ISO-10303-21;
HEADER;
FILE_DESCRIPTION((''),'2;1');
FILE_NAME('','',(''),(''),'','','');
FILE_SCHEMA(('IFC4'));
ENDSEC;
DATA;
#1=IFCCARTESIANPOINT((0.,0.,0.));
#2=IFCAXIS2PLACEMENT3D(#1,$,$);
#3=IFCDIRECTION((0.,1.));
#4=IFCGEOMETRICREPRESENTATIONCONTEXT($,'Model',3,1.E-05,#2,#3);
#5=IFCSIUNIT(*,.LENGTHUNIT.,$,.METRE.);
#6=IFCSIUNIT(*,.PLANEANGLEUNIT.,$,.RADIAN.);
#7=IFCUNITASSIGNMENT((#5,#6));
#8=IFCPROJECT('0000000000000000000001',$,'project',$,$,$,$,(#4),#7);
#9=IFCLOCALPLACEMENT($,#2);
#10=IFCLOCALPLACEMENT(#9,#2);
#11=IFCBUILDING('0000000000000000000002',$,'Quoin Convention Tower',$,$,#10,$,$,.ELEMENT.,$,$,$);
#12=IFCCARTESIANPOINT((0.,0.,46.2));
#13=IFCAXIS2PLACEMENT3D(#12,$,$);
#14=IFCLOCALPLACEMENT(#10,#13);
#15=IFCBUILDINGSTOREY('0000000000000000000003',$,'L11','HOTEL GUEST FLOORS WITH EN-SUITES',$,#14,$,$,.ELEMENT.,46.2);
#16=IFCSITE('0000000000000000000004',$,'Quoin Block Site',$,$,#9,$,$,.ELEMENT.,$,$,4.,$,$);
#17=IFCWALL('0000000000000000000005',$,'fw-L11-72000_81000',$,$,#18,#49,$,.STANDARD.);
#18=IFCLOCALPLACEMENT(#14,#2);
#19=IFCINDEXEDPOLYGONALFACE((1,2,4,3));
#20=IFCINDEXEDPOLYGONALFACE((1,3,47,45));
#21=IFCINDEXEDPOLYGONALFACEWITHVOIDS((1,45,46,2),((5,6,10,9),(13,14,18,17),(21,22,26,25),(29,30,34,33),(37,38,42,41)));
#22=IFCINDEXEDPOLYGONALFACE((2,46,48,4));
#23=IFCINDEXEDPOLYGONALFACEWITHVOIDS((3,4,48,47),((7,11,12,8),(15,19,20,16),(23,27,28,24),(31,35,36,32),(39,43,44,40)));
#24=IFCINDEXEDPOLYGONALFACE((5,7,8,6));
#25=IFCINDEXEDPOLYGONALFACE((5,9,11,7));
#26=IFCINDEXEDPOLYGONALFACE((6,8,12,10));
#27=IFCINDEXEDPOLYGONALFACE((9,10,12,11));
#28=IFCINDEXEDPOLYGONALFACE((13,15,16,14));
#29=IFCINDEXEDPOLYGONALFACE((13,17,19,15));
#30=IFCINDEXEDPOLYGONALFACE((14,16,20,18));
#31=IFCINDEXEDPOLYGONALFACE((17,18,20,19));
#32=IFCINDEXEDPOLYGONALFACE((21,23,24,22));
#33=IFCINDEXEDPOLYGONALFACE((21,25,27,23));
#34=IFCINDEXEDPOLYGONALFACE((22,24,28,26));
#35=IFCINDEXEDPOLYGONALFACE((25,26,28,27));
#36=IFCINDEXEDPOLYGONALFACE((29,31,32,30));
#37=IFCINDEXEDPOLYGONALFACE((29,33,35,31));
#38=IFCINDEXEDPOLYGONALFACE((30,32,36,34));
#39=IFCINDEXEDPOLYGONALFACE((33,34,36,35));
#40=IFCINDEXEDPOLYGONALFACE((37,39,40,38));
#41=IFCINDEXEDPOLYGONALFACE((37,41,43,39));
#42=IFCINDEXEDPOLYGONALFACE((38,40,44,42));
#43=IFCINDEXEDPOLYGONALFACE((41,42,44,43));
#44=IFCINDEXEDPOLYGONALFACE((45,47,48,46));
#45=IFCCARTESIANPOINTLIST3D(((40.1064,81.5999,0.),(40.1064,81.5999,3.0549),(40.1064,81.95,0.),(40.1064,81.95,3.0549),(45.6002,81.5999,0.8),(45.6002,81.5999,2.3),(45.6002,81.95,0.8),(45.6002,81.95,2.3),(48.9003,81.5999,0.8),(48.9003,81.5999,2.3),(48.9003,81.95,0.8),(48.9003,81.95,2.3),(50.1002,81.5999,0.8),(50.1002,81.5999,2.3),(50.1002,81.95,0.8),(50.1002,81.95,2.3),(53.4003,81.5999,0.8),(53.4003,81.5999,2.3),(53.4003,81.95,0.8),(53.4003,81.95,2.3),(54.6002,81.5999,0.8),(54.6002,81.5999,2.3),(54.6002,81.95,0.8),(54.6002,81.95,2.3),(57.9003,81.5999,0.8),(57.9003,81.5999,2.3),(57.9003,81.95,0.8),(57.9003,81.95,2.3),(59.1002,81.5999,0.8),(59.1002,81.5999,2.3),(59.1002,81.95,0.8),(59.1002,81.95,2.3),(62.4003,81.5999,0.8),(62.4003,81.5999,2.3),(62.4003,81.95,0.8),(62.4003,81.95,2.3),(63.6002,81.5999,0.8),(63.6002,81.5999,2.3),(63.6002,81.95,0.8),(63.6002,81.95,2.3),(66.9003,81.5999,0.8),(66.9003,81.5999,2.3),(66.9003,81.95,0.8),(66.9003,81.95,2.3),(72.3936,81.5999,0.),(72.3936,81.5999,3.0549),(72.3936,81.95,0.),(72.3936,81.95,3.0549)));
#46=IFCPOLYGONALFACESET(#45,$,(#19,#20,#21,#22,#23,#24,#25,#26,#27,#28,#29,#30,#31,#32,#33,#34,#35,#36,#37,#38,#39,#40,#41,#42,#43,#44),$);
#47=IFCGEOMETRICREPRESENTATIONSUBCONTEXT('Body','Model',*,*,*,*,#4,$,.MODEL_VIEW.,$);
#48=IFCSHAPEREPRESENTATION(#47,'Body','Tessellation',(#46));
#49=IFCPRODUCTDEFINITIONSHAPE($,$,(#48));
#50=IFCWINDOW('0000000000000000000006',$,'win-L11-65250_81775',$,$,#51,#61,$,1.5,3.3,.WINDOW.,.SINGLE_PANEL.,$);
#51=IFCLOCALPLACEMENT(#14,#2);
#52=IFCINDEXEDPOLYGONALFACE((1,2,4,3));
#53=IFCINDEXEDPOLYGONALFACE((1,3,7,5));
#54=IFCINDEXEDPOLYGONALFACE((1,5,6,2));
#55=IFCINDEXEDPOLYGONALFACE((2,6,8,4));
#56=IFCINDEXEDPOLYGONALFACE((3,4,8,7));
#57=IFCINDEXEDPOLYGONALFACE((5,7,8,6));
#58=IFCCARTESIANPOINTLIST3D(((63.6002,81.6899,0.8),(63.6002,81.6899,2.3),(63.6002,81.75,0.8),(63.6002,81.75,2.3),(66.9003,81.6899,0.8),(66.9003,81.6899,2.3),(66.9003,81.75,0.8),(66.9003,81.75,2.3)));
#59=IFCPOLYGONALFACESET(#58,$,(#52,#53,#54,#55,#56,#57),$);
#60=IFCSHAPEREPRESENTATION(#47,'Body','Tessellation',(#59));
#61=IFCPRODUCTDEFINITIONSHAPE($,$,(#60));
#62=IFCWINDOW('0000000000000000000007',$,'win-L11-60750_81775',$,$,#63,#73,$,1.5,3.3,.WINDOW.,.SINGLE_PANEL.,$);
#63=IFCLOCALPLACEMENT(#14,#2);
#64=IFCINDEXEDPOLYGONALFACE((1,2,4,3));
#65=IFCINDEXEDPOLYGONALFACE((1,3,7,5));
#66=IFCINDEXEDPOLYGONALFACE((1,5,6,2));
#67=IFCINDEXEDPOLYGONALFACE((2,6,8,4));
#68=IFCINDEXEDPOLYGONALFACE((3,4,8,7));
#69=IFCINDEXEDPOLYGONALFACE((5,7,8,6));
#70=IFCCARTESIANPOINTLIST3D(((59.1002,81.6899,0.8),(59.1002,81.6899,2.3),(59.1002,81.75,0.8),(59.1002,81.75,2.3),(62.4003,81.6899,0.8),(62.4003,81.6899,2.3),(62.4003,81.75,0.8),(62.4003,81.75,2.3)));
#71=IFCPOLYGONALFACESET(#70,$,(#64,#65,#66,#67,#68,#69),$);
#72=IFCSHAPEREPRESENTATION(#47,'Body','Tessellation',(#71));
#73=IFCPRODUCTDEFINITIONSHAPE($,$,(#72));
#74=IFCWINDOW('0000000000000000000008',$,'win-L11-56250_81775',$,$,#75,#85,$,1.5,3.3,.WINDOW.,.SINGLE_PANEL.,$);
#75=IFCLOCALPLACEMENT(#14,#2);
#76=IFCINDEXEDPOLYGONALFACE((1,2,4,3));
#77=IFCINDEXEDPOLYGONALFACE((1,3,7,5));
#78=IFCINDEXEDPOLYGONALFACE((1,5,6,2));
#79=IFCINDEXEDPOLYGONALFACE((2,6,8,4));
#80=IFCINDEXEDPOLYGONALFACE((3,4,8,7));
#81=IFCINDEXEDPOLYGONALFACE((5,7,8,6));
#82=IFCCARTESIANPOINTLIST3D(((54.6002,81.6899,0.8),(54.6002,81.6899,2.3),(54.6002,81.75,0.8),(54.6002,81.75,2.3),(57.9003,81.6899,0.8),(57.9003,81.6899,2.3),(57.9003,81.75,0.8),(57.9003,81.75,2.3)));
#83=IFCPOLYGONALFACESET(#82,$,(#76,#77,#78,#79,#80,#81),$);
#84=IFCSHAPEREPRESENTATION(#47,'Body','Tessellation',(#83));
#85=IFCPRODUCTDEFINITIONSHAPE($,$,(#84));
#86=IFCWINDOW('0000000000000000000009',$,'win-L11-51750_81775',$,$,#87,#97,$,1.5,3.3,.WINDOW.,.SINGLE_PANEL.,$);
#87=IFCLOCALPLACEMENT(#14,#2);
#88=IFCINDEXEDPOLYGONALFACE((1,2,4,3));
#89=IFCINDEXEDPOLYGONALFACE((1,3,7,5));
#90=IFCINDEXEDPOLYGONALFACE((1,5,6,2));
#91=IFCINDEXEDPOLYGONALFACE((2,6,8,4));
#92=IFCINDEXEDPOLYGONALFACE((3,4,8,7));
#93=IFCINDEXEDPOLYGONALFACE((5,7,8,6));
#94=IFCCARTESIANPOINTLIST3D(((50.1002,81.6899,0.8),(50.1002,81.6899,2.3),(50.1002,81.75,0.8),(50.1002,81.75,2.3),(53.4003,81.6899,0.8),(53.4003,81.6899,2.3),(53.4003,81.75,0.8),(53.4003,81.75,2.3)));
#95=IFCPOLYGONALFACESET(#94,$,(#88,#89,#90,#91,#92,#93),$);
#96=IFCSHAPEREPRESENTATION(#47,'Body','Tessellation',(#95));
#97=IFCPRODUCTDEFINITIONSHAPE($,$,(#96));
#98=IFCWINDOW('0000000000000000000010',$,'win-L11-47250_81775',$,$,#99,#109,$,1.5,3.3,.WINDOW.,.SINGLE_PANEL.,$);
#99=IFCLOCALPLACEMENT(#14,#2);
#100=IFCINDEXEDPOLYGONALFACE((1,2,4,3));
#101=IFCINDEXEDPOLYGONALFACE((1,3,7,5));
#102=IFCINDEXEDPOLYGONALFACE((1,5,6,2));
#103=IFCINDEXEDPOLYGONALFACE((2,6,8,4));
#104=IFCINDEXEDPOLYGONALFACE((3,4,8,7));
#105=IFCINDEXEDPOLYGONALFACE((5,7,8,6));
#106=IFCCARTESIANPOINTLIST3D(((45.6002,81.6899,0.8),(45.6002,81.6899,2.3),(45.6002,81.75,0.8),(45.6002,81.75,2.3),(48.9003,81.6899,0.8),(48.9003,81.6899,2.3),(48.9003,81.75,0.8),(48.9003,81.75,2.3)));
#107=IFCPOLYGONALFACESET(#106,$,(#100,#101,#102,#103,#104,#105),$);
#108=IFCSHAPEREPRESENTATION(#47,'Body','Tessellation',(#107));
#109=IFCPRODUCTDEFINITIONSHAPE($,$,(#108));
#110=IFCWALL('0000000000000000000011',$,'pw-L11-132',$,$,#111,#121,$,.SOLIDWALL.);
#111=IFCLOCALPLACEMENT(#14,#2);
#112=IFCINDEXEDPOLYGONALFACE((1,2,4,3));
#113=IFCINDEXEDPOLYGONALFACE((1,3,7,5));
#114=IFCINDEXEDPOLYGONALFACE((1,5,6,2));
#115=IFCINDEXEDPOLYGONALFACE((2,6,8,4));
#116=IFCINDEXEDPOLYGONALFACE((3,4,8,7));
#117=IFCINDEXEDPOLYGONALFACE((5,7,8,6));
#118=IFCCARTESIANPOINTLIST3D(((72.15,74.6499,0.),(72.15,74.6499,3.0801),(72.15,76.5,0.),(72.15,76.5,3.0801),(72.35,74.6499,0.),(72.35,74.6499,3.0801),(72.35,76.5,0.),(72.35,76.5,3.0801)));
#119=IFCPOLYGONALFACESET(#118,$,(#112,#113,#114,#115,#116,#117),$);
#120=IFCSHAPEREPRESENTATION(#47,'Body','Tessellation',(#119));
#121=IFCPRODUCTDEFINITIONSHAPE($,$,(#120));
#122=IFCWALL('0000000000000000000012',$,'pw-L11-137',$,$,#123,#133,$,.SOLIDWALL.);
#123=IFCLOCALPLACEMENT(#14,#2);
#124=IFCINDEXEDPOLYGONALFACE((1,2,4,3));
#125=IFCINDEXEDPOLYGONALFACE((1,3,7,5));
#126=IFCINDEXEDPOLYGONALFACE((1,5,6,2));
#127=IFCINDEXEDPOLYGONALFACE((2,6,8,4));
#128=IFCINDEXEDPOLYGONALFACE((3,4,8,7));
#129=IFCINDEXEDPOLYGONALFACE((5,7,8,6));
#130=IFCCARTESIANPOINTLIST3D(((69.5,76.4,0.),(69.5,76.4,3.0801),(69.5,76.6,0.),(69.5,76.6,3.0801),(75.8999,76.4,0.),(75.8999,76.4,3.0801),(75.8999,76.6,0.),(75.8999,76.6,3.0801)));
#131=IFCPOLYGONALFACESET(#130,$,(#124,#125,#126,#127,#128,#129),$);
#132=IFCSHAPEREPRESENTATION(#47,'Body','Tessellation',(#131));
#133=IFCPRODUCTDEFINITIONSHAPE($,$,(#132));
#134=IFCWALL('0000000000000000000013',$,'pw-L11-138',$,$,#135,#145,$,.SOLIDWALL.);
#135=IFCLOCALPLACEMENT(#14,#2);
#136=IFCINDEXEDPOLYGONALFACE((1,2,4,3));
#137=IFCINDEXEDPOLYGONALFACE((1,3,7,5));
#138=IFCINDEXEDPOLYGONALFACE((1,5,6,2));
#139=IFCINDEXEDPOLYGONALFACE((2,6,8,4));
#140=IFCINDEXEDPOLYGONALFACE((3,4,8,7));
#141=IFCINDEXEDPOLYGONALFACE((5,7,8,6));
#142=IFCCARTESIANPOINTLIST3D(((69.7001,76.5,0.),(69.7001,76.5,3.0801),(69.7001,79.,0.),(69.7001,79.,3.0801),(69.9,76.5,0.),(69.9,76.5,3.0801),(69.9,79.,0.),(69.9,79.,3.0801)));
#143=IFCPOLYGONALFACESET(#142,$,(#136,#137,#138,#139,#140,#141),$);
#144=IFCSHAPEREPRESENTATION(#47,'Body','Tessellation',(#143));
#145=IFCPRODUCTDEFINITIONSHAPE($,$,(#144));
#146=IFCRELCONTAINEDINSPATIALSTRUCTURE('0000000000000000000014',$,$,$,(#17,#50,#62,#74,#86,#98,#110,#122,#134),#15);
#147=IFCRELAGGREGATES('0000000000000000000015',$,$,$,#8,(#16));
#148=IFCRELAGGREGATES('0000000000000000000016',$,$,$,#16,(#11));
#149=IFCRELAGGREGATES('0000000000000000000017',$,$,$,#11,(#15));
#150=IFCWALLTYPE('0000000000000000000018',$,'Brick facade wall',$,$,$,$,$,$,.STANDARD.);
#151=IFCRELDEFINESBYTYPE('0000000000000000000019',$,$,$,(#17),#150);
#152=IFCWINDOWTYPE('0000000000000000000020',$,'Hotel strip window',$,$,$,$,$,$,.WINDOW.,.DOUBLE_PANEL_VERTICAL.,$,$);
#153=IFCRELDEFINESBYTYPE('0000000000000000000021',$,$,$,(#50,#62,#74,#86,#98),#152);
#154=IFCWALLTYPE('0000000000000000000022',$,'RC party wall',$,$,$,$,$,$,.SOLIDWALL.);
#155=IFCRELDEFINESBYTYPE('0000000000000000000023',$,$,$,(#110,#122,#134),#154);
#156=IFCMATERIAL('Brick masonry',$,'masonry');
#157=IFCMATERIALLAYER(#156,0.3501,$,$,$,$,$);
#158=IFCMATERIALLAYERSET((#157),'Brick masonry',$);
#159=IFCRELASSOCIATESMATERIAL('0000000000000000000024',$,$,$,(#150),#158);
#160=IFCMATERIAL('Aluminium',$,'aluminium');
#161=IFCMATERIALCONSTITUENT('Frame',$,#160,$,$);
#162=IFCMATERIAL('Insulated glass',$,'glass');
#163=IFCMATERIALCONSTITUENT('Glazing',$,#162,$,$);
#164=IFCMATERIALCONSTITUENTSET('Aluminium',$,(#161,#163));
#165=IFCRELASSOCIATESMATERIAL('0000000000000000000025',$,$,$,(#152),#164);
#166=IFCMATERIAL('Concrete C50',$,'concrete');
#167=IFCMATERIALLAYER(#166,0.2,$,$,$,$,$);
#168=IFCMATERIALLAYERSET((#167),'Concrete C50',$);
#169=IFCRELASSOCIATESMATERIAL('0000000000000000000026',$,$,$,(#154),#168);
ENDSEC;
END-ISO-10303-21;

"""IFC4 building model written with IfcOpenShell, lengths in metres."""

from ifc_helpers import new_model, si_unit, direction, frame, frame_2d, origin, place, context, subcontext, project, spatial, rectangle, extrude, material, layer, layer_set, constituent, constituent_set, type_object, element, fill, save


model = new_model("IFC4")

# Units and contexts
model_context = context("Model", 3, precision=1e-05, world=origin(), true_north=direction((0.0, 1.0)))
body_context = subcontext(model_context, "Body", "Model", "MODEL_VIEW")
ifc_project = project(units=[si_unit("LENGTHUNIT", "METRE"), si_unit("PLANEANGLEUNIT", "RADIAN")], contexts=[model_context])

# Site, building, storey
site_placement = place(None, origin())
site = spatial("IfcSite", under=ifc_project, at=site_placement, Name="Quoin Block Site", CompositionType="ELEMENT", RefElevation=4.0)
building_placement = place(site_placement, origin())
building = spatial("IfcBuilding", under=site, at=building_placement, Name="Quoin Convention Tower", CompositionType="ELEMENT")
storey_placement = place(building_placement, frame((0.0, 0.0, 46.2)))
storey = spatial("IfcBuildingStorey", under=building, at=storey_placement, Name="L11", Description="HOTEL GUEST FLOORS WITH EN-SUITES", CompositionType="ELEMENT", Elevation=46.2)

# Shared definitions
ifc_material_1 = material(Name="Brick masonry", Category="masonry")
ifc_layer_1 = layer(ifc_material_1, 0.3501)
ifc_layer_set_1 = layer_set([ifc_layer_1], Name="Brick masonry")
wall_type_1 = type_object("IfcWallType", Name="Brick facade wall", PredefinedType="STANDARD", material=ifc_layer_set_1)
ifc_material_2 = material(Name="Aluminium", Category="aluminium")
ifc_constituent_1 = constituent(ifc_material_2, Name="Frame")
ifc_material_3 = material(Name="Insulated glass", Category="glass")
ifc_constituent_2 = constituent(ifc_material_3, Name="Glazing")
ifc_constituent_set = constituent_set(constituents=[ifc_constituent_1, ifc_constituent_2], Name="Aluminium")
window_type = type_object("IfcWindowType", Name="Hotel strip window", PartitioningType="DOUBLE_PANEL_VERTICAL", PredefinedType="WINDOW", material=ifc_constituent_set)

# Wall, openings, windows
wall_1_placement = place(storey_placement, frame((72.3936, 81.7749, 0.0), z_axis=(0.0, 0.0, 1.0), x_axis=(-1.0, 0.0, 0.0)))
wall_1 = element("IfcWall", 1, at=wall_1_placement, inside=storey, type_object=wall_type_1, Name="fw-L11-72000_81000", PredefinedType="STANDARD", context=body_context, shape_type="SweptSolid", body=[
    extrude(rectangle(XDim=32.2871, YDim=0.3501, at=frame_2d((16.1436, 0.0))), origin(), (0.0, 0.0, 1.0), 3.0549),
])
opening_1_placement = place(wall_1_placement, frame((5.4934, 0.0, 0.8)))
opening_1 = element("IfcOpeningElement", 2, at=opening_1_placement, cuts=wall_1, PredefinedType="OPENING", context=body_context, shape_type="SweptSolid", body=[
    extrude(rectangle(XDim=3.3, YDim=1.5, at=frame_2d((1.6499, 0.75))), frame((0.0, 0.1851, 0.0), z_axis=(0.0, -1.0, 0.0), x_axis=(1.0, 0.0, 0.0)), (0.0, 0.0, 1.0), 0.3701),
])
opening_2_placement = place(wall_1_placement, frame((9.9934, 0.0, 0.8)))
opening_2 = element("IfcOpeningElement", 3, at=opening_2_placement, cuts=wall_1, PredefinedType="OPENING", context=body_context, shape_type="SweptSolid", body=[
    extrude(rectangle(XDim=3.3, YDim=1.5, at=frame_2d((1.6499, 0.75))), frame((0.0, 0.1851, 0.0), z_axis=(0.0, -1.0, 0.0), x_axis=(1.0, 0.0, 0.0)), (0.0, 0.0, 1.0), 0.3701),
])
opening_3_placement = place(wall_1_placement, frame((14.4934, 0.0, 0.8)))
opening_3 = element("IfcOpeningElement", 4, at=opening_3_placement, cuts=wall_1, PredefinedType="OPENING", context=body_context, shape_type="SweptSolid", body=[
    extrude(rectangle(XDim=3.3, YDim=1.5, at=frame_2d((1.6499, 0.75))), frame((0.0, 0.1851, 0.0), z_axis=(0.0, -1.0, 0.0), x_axis=(1.0, 0.0, 0.0)), (0.0, 0.0, 1.0), 0.3701),
])
opening_4_placement = place(wall_1_placement, frame((18.9934, 0.0, 0.8)))
opening_4 = element("IfcOpeningElement", 5, at=opening_4_placement, cuts=wall_1, PredefinedType="OPENING", context=body_context, shape_type="SweptSolid", body=[
    extrude(rectangle(XDim=3.3, YDim=1.5, at=frame_2d((1.6499, 0.75))), frame((0.0, 0.1851, 0.0), z_axis=(0.0, -1.0, 0.0), x_axis=(1.0, 0.0, 0.0)), (0.0, 0.0, 1.0), 0.3701),
])
opening_5_placement = place(wall_1_placement, frame((23.4934, 0.0, 0.8)))
opening_5 = element("IfcOpeningElement", 6, at=opening_5_placement, cuts=wall_1, PredefinedType="OPENING", context=body_context, shape_type="SweptSolid", body=[
    extrude(rectangle(XDim=3.3, YDim=1.5, at=frame_2d((1.6499, 0.75))), frame((0.0, 0.1851, 0.0), z_axis=(0.0, -1.0, 0.0), x_axis=(1.0, 0.0, 0.0)), (0.0, 0.0, 1.0), 0.3701),
])
window_1_placement = place(opening_1_placement, origin())
window_1 = element("IfcWindow", 7, at=window_1_placement, inside=storey, type_object=window_type, Name="win-L11-65250_81775", OverallHeight=1.5, OverallWidth=3.3, PartitioningType="SINGLE_PANEL", PredefinedType="WINDOW", context=body_context, shape_type="SweptSolid", body=[
    extrude(rectangle(XDim=3.3, YDim=1.5, at=frame_2d((1.6499, 0.75))), frame((0.0, 0.085, 0.0), z_axis=(0.0, -1.0, 0.0), x_axis=(1.0, 0.0, 0.0)), (0.0, 0.0, 1.0), 0.0601),
])
fill(opening_1, window_1)
window_2_placement = place(opening_2_placement, origin())
window_2 = element("IfcWindow", 8, at=window_2_placement, inside=storey, type_object=window_type, Name="win-L11-60750_81775", OverallHeight=1.5, OverallWidth=3.3, PartitioningType="SINGLE_PANEL", PredefinedType="WINDOW", context=body_context, shape_type="SweptSolid", body=[
    extrude(rectangle(XDim=3.3, YDim=1.5, at=frame_2d((1.6499, 0.75))), frame((0.0, 0.085, 0.0), z_axis=(0.0, -1.0, 0.0), x_axis=(1.0, 0.0, 0.0)), (0.0, 0.0, 1.0), 0.0601),
])
fill(opening_2, window_2)
window_3_placement = place(opening_3_placement, origin())
window_3 = element("IfcWindow", 9, at=window_3_placement, inside=storey, type_object=window_type, Name="win-L11-56250_81775", OverallHeight=1.5, OverallWidth=3.3, PartitioningType="SINGLE_PANEL", PredefinedType="WINDOW", context=body_context, shape_type="SweptSolid", body=[
    extrude(rectangle(XDim=3.3, YDim=1.5, at=frame_2d((1.6499, 0.75))), frame((0.0, 0.085, 0.0), z_axis=(0.0, -1.0, 0.0), x_axis=(1.0, 0.0, 0.0)), (0.0, 0.0, 1.0), 0.0601),
])
fill(opening_3, window_3)
window_4_placement = place(opening_4_placement, origin())
window_4 = element("IfcWindow", 10, at=window_4_placement, inside=storey, type_object=window_type, Name="win-L11-51750_81775", OverallHeight=1.5, OverallWidth=3.3, PartitioningType="SINGLE_PANEL", PredefinedType="WINDOW", context=body_context, shape_type="SweptSolid", body=[
    extrude(rectangle(XDim=3.3, YDim=1.5, at=frame_2d((1.6499, 0.75))), frame((0.0, 0.085, 0.0), z_axis=(0.0, -1.0, 0.0), x_axis=(1.0, 0.0, 0.0)), (0.0, 0.0, 1.0), 0.0601),
])
fill(opening_4, window_4)
window_5_placement = place(opening_5_placement, origin())
window_5 = element("IfcWindow", 11, at=window_5_placement, inside=storey, type_object=window_type, Name="win-L11-47250_81775", OverallHeight=1.5, OverallWidth=3.3, PartitioningType="SINGLE_PANEL", PredefinedType="WINDOW", context=body_context, shape_type="SweptSolid", body=[
    extrude(rectangle(XDim=3.3, YDim=1.5, at=frame_2d((1.6499, 0.75))), frame((0.0, 0.085, 0.0), z_axis=(0.0, -1.0, 0.0), x_axis=(1.0, 0.0, 0.0)), (0.0, 0.0, 1.0), 0.0601),
])
fill(opening_5, window_5)

# Walls
ifc_material_4 = material(Name="Concrete C50", Category="concrete")
ifc_layer_2 = layer(ifc_material_4, 0.2)
ifc_layer_set_2 = layer_set([ifc_layer_2], Name="Concrete C50")
wall_type_2 = type_object("IfcWallType", Name="RC party wall", PredefinedType="SOLIDWALL", material=ifc_layer_set_2)
wall_2_placement = place(storey_placement, frame((72.25, 74.6499, 0.0), z_axis=(0.0, 0.0, 1.0), x_axis=(0.0, 1.0, 0.0)))
element("IfcWall", 12, at=wall_2_placement, inside=storey, type_object=wall_type_2, Name="pw-L11-132", PredefinedType="SOLIDWALL", context=body_context, shape_type="SweptSolid", body=[
    extrude(rectangle(XDim=1.8501, YDim=0.2, at=frame_2d((0.925, 0.0))), origin(), (0.0, 0.0, 1.0), 3.0801),
])
wall_3_placement = place(storey_placement, frame((69.5, 76.5, 0.0), z_axis=(0.0, 0.0, 1.0), x_axis=(1.0, 0.0, 0.0)))
element("IfcWall", 13, at=wall_3_placement, inside=storey, type_object=wall_type_2, Name="pw-L11-137", PredefinedType="SOLIDWALL", context=body_context, shape_type="SweptSolid", body=[
    extrude(rectangle(XDim=6.3999, YDim=0.2, at=frame_2d((3.2, 0.0))), origin(), (0.0, 0.0, 1.0), 3.0801),
])
wall_4_placement = place(storey_placement, frame((69.8, 76.5, 0.0), z_axis=(0.0, 0.0, 1.0), x_axis=(0.0, 1.0, 0.0)))
element("IfcWall", 14, at=wall_4_placement, inside=storey, type_object=wall_type_2, Name="pw-L11-138", PredefinedType="SOLIDWALL", context=body_context, shape_type="SweptSolid", body=[
    extrude(rectangle(XDim=2.5, YDim=0.2, at=frame_2d((1.25, 0.0))), origin(), (0.0, 0.0, 1.0), 3.0801),
])

save(model, "model.ifc")
